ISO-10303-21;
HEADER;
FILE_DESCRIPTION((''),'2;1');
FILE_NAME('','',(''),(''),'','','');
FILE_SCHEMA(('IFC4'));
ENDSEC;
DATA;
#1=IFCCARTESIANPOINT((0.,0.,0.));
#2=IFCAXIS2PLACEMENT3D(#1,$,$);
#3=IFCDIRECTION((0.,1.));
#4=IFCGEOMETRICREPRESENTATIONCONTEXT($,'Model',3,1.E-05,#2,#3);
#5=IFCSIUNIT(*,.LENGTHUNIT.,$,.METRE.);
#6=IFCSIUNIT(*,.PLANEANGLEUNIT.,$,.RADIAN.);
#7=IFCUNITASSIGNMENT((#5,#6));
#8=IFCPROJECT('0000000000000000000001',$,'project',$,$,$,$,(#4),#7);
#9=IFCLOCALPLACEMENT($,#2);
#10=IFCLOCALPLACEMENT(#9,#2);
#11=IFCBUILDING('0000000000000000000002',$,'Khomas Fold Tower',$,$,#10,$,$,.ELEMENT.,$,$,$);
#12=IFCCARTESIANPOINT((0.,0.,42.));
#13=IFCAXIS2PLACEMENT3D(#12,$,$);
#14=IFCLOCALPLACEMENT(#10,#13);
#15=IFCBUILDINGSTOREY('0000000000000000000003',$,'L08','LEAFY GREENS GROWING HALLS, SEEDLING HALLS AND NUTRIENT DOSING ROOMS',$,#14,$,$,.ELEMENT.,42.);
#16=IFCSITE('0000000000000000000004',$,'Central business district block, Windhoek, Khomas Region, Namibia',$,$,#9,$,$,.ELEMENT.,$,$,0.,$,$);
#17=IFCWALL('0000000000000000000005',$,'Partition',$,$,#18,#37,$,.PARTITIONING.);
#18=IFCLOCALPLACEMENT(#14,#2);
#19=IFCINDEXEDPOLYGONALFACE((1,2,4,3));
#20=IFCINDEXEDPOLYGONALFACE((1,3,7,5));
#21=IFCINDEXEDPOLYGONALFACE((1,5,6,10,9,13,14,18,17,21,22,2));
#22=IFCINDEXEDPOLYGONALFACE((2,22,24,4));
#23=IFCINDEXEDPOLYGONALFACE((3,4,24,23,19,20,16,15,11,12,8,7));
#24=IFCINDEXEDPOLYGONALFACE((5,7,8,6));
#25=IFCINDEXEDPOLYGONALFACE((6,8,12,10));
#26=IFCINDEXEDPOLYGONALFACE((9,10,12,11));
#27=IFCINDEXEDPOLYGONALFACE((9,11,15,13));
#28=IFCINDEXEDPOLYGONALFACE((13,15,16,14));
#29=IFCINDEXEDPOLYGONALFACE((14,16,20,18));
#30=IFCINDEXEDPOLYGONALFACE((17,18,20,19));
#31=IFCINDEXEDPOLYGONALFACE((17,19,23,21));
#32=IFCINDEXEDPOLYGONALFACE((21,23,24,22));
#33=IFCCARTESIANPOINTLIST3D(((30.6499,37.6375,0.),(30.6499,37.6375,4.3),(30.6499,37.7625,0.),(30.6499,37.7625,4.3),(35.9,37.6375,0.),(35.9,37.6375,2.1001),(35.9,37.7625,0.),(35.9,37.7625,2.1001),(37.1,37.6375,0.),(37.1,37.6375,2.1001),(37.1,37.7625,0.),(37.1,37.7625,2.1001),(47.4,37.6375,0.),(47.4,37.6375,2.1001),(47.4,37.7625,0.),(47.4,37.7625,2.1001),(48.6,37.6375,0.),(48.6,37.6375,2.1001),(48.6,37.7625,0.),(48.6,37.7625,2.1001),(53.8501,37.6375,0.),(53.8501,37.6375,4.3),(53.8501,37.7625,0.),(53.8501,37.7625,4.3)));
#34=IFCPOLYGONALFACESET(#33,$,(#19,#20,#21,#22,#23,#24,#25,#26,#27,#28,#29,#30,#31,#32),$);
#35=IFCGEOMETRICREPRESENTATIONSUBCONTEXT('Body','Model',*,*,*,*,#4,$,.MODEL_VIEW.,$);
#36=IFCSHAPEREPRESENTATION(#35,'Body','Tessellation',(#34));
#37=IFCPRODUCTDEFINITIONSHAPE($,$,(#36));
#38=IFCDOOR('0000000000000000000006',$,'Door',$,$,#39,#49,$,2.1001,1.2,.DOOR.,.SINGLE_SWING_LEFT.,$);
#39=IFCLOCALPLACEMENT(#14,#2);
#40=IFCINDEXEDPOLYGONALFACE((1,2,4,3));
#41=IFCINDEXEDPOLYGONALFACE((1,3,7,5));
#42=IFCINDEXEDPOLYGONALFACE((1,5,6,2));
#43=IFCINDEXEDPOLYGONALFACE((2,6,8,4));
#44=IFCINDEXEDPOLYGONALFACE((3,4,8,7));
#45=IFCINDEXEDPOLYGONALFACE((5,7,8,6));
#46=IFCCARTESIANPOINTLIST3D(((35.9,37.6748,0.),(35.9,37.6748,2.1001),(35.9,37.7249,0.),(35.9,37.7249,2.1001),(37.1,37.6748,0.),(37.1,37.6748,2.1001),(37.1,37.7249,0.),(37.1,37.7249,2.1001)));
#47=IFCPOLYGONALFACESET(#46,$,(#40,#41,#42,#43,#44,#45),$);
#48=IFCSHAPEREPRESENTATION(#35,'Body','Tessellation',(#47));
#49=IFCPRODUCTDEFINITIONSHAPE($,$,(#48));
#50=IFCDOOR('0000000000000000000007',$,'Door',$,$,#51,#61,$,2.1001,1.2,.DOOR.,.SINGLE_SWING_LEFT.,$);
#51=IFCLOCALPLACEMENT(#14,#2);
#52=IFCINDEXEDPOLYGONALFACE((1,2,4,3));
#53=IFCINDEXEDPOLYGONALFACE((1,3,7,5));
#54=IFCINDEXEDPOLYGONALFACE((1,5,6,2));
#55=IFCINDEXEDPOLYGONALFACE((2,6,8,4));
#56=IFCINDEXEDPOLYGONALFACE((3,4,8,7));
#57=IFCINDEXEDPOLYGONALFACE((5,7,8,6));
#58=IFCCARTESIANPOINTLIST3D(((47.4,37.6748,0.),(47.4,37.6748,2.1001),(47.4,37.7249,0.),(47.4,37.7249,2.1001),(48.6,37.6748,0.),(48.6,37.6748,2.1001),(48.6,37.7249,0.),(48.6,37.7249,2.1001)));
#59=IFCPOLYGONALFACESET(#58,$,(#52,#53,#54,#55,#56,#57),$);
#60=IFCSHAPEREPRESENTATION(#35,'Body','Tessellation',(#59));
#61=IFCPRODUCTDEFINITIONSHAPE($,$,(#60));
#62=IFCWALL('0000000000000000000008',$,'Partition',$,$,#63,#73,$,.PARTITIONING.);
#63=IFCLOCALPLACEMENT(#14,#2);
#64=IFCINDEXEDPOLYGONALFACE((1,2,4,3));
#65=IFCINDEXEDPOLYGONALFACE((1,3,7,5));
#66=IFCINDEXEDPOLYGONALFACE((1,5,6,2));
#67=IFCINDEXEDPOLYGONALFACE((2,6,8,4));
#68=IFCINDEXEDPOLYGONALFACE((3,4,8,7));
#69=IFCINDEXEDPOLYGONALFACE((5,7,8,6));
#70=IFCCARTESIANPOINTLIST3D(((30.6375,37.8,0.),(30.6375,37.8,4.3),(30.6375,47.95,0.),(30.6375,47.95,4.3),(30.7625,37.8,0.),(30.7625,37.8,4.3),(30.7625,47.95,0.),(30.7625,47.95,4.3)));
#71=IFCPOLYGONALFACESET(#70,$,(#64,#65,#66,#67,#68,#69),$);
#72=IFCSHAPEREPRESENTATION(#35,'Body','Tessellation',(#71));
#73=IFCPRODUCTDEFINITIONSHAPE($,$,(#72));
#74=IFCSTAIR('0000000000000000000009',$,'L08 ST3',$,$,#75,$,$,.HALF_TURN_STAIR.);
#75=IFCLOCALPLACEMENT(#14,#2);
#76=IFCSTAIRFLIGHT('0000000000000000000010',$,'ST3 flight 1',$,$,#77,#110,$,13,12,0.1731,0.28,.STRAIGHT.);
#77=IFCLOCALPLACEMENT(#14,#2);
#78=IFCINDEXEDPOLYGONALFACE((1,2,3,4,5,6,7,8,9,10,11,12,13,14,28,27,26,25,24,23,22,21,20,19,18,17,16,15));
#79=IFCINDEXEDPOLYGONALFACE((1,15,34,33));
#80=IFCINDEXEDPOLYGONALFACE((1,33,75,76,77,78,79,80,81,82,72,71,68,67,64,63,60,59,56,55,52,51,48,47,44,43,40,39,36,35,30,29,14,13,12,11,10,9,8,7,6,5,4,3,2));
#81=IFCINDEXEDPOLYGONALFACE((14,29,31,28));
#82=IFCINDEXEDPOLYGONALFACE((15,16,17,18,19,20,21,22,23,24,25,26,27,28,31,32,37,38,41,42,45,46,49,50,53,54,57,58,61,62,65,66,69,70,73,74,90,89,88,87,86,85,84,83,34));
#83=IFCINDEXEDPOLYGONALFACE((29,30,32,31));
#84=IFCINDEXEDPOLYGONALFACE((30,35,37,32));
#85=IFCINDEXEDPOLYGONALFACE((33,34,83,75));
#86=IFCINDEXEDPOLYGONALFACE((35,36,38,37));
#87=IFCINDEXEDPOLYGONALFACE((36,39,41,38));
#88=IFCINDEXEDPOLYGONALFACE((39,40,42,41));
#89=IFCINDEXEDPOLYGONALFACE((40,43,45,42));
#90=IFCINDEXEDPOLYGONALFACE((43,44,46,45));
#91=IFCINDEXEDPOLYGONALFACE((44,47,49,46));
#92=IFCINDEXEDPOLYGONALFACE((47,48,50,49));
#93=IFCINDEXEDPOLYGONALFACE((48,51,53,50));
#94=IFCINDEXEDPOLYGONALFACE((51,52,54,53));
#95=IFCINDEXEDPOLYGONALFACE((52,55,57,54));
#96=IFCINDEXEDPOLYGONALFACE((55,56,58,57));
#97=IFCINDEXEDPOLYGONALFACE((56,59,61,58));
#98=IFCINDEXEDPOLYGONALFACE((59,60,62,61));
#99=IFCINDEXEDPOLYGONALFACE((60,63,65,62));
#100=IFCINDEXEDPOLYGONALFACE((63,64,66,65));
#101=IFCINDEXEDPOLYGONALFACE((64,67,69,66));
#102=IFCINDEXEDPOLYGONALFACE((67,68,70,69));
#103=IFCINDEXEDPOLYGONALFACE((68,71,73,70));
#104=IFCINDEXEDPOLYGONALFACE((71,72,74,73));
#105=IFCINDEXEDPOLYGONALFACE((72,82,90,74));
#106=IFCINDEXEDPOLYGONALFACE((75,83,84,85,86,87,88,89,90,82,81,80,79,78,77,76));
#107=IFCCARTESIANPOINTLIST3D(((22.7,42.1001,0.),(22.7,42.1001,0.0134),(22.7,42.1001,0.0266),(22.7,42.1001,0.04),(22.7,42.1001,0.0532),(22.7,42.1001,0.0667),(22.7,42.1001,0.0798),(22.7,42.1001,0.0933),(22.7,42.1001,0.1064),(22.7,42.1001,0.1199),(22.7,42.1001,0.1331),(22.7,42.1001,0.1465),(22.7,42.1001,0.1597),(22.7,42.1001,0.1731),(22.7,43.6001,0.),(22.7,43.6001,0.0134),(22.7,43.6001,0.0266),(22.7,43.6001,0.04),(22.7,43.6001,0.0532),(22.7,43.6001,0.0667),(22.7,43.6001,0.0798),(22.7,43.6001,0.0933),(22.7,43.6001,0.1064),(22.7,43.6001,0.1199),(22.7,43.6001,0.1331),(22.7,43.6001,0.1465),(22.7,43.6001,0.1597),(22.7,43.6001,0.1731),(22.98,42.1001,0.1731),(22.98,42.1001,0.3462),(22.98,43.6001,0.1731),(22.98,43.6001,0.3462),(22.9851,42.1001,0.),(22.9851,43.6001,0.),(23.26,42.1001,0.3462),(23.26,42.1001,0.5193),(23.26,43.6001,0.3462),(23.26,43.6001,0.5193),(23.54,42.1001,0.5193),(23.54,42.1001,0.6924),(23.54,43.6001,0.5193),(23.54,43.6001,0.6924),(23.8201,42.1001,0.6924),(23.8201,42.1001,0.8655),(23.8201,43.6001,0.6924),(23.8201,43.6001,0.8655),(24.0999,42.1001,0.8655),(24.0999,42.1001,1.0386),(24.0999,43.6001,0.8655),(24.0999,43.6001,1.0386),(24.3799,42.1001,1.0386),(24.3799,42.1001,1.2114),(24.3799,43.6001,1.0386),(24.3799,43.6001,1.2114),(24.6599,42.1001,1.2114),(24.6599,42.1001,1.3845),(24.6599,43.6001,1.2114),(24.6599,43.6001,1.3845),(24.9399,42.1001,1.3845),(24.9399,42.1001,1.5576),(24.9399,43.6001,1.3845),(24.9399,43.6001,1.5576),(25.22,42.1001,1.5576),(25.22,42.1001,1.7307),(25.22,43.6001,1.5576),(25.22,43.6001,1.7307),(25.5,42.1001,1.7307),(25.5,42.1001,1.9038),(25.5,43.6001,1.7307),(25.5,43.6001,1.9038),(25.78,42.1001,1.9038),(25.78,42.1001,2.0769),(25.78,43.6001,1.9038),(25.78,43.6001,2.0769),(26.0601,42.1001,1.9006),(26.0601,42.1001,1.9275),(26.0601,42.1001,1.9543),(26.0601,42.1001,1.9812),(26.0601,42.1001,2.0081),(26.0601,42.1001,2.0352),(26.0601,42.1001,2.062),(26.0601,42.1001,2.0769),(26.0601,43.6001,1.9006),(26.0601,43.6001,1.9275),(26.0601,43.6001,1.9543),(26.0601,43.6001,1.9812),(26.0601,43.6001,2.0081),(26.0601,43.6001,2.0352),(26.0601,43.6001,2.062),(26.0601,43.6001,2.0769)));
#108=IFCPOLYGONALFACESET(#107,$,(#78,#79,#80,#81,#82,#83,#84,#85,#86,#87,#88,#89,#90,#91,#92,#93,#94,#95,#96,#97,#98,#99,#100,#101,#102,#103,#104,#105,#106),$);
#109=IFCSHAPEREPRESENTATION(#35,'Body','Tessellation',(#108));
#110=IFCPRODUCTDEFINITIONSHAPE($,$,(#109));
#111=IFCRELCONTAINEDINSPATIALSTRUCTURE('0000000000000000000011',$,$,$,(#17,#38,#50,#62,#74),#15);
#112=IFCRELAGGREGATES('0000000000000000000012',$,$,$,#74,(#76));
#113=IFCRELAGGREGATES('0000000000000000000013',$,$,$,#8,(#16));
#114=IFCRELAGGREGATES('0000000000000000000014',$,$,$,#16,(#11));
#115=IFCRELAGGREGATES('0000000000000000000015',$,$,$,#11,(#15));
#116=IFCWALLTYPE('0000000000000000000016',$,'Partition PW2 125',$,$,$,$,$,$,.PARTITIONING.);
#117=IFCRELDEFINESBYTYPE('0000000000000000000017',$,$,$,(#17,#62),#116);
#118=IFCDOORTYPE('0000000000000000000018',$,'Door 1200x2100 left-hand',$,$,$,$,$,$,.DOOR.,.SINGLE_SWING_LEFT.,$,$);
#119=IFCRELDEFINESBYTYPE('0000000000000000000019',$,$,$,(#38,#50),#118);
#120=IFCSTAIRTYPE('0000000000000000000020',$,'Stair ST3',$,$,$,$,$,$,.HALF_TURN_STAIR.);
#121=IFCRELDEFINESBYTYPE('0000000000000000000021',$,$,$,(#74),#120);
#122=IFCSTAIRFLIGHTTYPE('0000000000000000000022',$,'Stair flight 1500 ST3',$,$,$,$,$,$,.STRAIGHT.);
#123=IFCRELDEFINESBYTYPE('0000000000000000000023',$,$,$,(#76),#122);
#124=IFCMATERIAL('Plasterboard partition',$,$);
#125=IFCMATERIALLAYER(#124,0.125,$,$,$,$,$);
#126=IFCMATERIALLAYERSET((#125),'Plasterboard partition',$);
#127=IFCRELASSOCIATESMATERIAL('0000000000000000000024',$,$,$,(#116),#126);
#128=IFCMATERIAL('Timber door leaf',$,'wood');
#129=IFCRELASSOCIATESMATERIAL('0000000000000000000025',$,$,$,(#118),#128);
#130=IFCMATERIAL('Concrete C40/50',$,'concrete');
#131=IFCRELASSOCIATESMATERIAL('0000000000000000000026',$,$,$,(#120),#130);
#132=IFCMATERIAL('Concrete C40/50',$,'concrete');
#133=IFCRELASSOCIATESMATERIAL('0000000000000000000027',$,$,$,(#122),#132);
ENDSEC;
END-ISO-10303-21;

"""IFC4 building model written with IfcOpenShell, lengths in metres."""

from ifc_helpers import new_model, si_unit, direction, frame, frame_2d, origin, place, context, subcontext, project, spatial, polyline, rectangle, outline, extrude, source, transform, mapped, material, layer, layer_set, type_object, element, fill, aggregate, save


model = new_model("IFC4")

# Units and contexts
model_context = context("Model", 3, precision=1e-05, world=origin(), true_north=direction((0.0, 1.0)))
body_context = subcontext(model_context, "Body", "Model", "MODEL_VIEW")
ifc_project = project(units=[si_unit("LENGTHUNIT", "METRE"), si_unit("PLANEANGLEUNIT", "RADIAN")], contexts=[model_context])

# Site, building, storey
site_placement = place(None, origin())
site = spatial("IfcSite", under=ifc_project, at=site_placement, Name="Central business district block, Windhoek, Khomas Region, Namibia", CompositionType="ELEMENT", RefElevation=0.0)
building_placement = place(site_placement, origin())
building = spatial("IfcBuilding", under=site, at=building_placement, Name="Khomas Fold Tower", CompositionType="ELEMENT")
storey_placement = place(building_placement, frame((0.0, 0.0, 42.0)))
storey = spatial("IfcBuildingStorey", under=building, at=storey_placement, Name="L08", Description="LEAFY GREENS GROWING HALLS, SEEDLING HALLS AND NUTRIENT DOSING ROOMS", CompositionType="ELEMENT", Elevation=42.0)

# Shared definitions
ifc_material_1 = material(Name="Plasterboard partition")
ifc_layer_1 = layer(ifc_material_1, 0.125)
ifc_layer_set_1 = layer_set([ifc_layer_1], Name="Plasterboard partition")
wall_type_1 = type_object("IfcWallType", Name="Partition PW2 125", PredefinedType="PARTITIONING", material=ifc_layer_set_1)
shared_shape_1 = source(origin(), body_context, "Body", "SweptSolid", [
    extrude(rectangle(XDim=1.2, YDim=2.1001, at=frame_2d((0.6001, 1.05))), frame((0.0, 0.0725, 0.0), z_axis=(0.0, -1.0, 0.0), x_axis=(1.0, 0.0, 0.0)), (0.0, 0.0, 1.0), 0.145),
])
shared_shape_2 = source(origin(), body_context, "Body", "SweptSolid", [
    extrude(rectangle(XDim=1.2, YDim=2.1001, at=frame_2d((0.6001, 1.05))), frame((0.0, 0.0249, 0.0), z_axis=(0.0, -1.0, 0.0), x_axis=(1.0, 0.0, 0.0)), (0.0, 0.0, 1.0), 0.05),
])

# Wall, openings, doors
shared_shape_3 = source(origin(), body_context, "Body", "SweptSolid", [
    extrude(rectangle(XDim=23.2002, YDim=0.125, at=frame_2d((11.6001, 0.0))), origin(), (0.0, 0.0, 1.0), 4.3),
])
wall_1_placement = place(storey_placement, frame((30.6499, 37.7, 0.0), z_axis=(0.0, 0.0, 1.0), x_axis=(1.0, 0.0, 0.0)))
wall_1 = element("IfcWall", 1, at=wall_1_placement, inside=storey, type_object=wall_type_1, Name="Partition", PredefinedType="PARTITIONING", context=body_context, shape_type="MappedRepresentation", body=[
    mapped(shared_shape_3, transform((0.0, 0.0, 0.0))),
])
opening_1_placement = place(wall_1_placement, frame((5.25, 0.0, 0.0)))
opening_1 = element("IfcOpeningElement", 2, at=opening_1_placement, cuts=wall_1, PredefinedType="OPENING", context=body_context, shape_type="MappedRepresentation", body=[
    mapped(shared_shape_1, transform((0.0, 0.0, 0.0))),
])
opening_2_placement = place(wall_1_placement, frame((16.75, 0.0, 0.0)))
opening_2 = element("IfcOpeningElement", 3, at=opening_2_placement, cuts=wall_1, PredefinedType="OPENING", context=body_context, shape_type="MappedRepresentation", body=[
    mapped(shared_shape_1, transform((0.0, 0.0, 0.0))),
])
ifc_material_2 = material(Name="Timber door leaf", Category="wood")
door_type_1 = type_object("IfcDoorType", Name="Door 1200x2100 left-hand", OperationType="SINGLE_SWING_LEFT", PredefinedType="DOOR", material=ifc_material_2)
door_1_placement = place(opening_1_placement, origin())
door_1 = element("IfcDoor", 4, at=door_1_placement, inside=storey, type_object=door_type_1, Name="Door", OperationType="SINGLE_SWING_LEFT", OverallHeight=2.1001, OverallWidth=1.2, PredefinedType="DOOR", context=body_context, shape_type="MappedRepresentation", body=[
    mapped(shared_shape_2, transform((0.0, 0.0, 0.0))),
])
fill(opening_1, door_1)
door_2_placement = place(opening_2_placement, origin())
door_2 = element("IfcDoor", 5, at=door_2_placement, inside=storey, type_object=door_type_1, Name="Door", OperationType="SINGLE_SWING_LEFT", OverallHeight=2.1001, OverallWidth=1.2, PredefinedType="DOOR", context=body_context, shape_type="MappedRepresentation", body=[
    mapped(shared_shape_2, transform((0.0, 0.0, 0.0))),
])
fill(opening_2, door_2)

# Wall
shared_shape_4 = source(origin(), body_context, "Body", "SweptSolid", [
    extrude(rectangle(XDim=10.1499, YDim=0.125, at=frame_2d((5.075, 0.0))), origin(), (0.0, 0.0, 1.0), 4.3),
])
wall_2_placement = place(storey_placement, frame((30.7, 37.8, 0.0), z_axis=(0.0, 0.0, 1.0), x_axis=(0.0, 1.0, 0.0)))
element("IfcWall", 6, at=wall_2_placement, inside=storey, type_object=wall_type_1, Name="Partition", PredefinedType="PARTITIONING", context=body_context, shape_type="MappedRepresentation", body=[
    mapped(shared_shape_4, transform((0.0, 0.0, 0.0))),
])

# Stair, stair flight
ifc_material_3 = material(Name="Concrete C40/50", Category="concrete")
stair_type = type_object("IfcStairType", Name="Stair ST3", PredefinedType="HALF_TURN_STAIR", material=ifc_material_3)
stair_placement = place(storey_placement, origin())
stair = element("IfcStair", 7, at=stair_placement, inside=storey, type_object=stair_type, Name="L08 ST3", PredefinedType="HALF_TURN_STAIR")
ifc_material_4 = material(Name="Concrete C40/50", Category="concrete")
stair_flight_type = type_object("IfcStairFlightType", Name="Stair flight 1500 ST3", PredefinedType="STRAIGHT", material=ifc_material_4)
shared_shape_5 = source(origin(), body_context, "Body", "SweptSolid", [
    extrude(outline(polyline([(0.0, 0.0), (0.0, 0.0134), (0.0, 0.0266), (0.0, 0.04), (0.0, 0.0532), (0.0, 0.0667), (0.0, 0.0798), (0.0, 0.0933), (0.0, 0.1064), (0.0, 0.1199), (0.0, 0.1331), (0.0, 0.1465), (0.0, 0.1597), (0.0, 0.1731), (0.28, 0.1731), (0.28, 0.3462), (0.5601, 0.3462), (0.5601, 0.5193), (0.8401, 0.5193), (0.8401, 0.6924), (1.1201, 0.6924), (1.1201, 0.8655), (1.3999, 0.8655), (1.3999, 1.0386), (1.6799, 1.0386), (1.6799, 1.2114), (1.96, 1.2114), (1.96, 1.3845), (2.24, 1.3845), (2.24, 1.5576), (2.52, 1.5576), (2.52, 1.7307), (2.8, 1.7307), (2.8, 1.9038), (3.0801, 1.9038), (3.0801, 2.0769), (3.3601, 2.0769), (3.3601, 2.25), (3.3601, 2.2231), (3.3601, 2.1963), (3.3601, 2.1694), (3.3601, 2.1426), (3.3601, 2.1157), (3.3601, 2.0889), (3.3601, 2.062), (3.3601, 2.0352), (3.3601, 2.0081), (3.3601, 1.9812), (3.3601, 1.9543), (3.3601, 1.9275), (3.3601, 1.9006), (0.2852, 0.0), (0.0, 0.0)])), frame((0.0, 0.75, 0.0), z_axis=(0.0, -1.0, 0.0), x_axis=(1.0, 0.0, 0.0)), (0.0, 0.0, 1.0), 1.5),
])
stair_flight_placement = place(storey_placement, frame((22.7, 42.8501, 0.0), z_axis=(0.0, 0.0, 1.0), x_axis=(1.0, 0.0, 0.0)))
stair_flight = element("IfcStairFlight", 8, at=stair_flight_placement, type_object=stair_flight_type, Name="ST3 flight 1", NumberOfRisers=13, NumberOfTreads=12, PredefinedType="STRAIGHT", RiserHeight=0.1731, TreadLength=0.28, context=body_context, shape_type="MappedRepresentation", body=[
    mapped(shared_shape_5, transform((0.0, 0.0, 0.0))),
])
aggregate(stair, [stair_flight])

save(model, "model.ifc")
